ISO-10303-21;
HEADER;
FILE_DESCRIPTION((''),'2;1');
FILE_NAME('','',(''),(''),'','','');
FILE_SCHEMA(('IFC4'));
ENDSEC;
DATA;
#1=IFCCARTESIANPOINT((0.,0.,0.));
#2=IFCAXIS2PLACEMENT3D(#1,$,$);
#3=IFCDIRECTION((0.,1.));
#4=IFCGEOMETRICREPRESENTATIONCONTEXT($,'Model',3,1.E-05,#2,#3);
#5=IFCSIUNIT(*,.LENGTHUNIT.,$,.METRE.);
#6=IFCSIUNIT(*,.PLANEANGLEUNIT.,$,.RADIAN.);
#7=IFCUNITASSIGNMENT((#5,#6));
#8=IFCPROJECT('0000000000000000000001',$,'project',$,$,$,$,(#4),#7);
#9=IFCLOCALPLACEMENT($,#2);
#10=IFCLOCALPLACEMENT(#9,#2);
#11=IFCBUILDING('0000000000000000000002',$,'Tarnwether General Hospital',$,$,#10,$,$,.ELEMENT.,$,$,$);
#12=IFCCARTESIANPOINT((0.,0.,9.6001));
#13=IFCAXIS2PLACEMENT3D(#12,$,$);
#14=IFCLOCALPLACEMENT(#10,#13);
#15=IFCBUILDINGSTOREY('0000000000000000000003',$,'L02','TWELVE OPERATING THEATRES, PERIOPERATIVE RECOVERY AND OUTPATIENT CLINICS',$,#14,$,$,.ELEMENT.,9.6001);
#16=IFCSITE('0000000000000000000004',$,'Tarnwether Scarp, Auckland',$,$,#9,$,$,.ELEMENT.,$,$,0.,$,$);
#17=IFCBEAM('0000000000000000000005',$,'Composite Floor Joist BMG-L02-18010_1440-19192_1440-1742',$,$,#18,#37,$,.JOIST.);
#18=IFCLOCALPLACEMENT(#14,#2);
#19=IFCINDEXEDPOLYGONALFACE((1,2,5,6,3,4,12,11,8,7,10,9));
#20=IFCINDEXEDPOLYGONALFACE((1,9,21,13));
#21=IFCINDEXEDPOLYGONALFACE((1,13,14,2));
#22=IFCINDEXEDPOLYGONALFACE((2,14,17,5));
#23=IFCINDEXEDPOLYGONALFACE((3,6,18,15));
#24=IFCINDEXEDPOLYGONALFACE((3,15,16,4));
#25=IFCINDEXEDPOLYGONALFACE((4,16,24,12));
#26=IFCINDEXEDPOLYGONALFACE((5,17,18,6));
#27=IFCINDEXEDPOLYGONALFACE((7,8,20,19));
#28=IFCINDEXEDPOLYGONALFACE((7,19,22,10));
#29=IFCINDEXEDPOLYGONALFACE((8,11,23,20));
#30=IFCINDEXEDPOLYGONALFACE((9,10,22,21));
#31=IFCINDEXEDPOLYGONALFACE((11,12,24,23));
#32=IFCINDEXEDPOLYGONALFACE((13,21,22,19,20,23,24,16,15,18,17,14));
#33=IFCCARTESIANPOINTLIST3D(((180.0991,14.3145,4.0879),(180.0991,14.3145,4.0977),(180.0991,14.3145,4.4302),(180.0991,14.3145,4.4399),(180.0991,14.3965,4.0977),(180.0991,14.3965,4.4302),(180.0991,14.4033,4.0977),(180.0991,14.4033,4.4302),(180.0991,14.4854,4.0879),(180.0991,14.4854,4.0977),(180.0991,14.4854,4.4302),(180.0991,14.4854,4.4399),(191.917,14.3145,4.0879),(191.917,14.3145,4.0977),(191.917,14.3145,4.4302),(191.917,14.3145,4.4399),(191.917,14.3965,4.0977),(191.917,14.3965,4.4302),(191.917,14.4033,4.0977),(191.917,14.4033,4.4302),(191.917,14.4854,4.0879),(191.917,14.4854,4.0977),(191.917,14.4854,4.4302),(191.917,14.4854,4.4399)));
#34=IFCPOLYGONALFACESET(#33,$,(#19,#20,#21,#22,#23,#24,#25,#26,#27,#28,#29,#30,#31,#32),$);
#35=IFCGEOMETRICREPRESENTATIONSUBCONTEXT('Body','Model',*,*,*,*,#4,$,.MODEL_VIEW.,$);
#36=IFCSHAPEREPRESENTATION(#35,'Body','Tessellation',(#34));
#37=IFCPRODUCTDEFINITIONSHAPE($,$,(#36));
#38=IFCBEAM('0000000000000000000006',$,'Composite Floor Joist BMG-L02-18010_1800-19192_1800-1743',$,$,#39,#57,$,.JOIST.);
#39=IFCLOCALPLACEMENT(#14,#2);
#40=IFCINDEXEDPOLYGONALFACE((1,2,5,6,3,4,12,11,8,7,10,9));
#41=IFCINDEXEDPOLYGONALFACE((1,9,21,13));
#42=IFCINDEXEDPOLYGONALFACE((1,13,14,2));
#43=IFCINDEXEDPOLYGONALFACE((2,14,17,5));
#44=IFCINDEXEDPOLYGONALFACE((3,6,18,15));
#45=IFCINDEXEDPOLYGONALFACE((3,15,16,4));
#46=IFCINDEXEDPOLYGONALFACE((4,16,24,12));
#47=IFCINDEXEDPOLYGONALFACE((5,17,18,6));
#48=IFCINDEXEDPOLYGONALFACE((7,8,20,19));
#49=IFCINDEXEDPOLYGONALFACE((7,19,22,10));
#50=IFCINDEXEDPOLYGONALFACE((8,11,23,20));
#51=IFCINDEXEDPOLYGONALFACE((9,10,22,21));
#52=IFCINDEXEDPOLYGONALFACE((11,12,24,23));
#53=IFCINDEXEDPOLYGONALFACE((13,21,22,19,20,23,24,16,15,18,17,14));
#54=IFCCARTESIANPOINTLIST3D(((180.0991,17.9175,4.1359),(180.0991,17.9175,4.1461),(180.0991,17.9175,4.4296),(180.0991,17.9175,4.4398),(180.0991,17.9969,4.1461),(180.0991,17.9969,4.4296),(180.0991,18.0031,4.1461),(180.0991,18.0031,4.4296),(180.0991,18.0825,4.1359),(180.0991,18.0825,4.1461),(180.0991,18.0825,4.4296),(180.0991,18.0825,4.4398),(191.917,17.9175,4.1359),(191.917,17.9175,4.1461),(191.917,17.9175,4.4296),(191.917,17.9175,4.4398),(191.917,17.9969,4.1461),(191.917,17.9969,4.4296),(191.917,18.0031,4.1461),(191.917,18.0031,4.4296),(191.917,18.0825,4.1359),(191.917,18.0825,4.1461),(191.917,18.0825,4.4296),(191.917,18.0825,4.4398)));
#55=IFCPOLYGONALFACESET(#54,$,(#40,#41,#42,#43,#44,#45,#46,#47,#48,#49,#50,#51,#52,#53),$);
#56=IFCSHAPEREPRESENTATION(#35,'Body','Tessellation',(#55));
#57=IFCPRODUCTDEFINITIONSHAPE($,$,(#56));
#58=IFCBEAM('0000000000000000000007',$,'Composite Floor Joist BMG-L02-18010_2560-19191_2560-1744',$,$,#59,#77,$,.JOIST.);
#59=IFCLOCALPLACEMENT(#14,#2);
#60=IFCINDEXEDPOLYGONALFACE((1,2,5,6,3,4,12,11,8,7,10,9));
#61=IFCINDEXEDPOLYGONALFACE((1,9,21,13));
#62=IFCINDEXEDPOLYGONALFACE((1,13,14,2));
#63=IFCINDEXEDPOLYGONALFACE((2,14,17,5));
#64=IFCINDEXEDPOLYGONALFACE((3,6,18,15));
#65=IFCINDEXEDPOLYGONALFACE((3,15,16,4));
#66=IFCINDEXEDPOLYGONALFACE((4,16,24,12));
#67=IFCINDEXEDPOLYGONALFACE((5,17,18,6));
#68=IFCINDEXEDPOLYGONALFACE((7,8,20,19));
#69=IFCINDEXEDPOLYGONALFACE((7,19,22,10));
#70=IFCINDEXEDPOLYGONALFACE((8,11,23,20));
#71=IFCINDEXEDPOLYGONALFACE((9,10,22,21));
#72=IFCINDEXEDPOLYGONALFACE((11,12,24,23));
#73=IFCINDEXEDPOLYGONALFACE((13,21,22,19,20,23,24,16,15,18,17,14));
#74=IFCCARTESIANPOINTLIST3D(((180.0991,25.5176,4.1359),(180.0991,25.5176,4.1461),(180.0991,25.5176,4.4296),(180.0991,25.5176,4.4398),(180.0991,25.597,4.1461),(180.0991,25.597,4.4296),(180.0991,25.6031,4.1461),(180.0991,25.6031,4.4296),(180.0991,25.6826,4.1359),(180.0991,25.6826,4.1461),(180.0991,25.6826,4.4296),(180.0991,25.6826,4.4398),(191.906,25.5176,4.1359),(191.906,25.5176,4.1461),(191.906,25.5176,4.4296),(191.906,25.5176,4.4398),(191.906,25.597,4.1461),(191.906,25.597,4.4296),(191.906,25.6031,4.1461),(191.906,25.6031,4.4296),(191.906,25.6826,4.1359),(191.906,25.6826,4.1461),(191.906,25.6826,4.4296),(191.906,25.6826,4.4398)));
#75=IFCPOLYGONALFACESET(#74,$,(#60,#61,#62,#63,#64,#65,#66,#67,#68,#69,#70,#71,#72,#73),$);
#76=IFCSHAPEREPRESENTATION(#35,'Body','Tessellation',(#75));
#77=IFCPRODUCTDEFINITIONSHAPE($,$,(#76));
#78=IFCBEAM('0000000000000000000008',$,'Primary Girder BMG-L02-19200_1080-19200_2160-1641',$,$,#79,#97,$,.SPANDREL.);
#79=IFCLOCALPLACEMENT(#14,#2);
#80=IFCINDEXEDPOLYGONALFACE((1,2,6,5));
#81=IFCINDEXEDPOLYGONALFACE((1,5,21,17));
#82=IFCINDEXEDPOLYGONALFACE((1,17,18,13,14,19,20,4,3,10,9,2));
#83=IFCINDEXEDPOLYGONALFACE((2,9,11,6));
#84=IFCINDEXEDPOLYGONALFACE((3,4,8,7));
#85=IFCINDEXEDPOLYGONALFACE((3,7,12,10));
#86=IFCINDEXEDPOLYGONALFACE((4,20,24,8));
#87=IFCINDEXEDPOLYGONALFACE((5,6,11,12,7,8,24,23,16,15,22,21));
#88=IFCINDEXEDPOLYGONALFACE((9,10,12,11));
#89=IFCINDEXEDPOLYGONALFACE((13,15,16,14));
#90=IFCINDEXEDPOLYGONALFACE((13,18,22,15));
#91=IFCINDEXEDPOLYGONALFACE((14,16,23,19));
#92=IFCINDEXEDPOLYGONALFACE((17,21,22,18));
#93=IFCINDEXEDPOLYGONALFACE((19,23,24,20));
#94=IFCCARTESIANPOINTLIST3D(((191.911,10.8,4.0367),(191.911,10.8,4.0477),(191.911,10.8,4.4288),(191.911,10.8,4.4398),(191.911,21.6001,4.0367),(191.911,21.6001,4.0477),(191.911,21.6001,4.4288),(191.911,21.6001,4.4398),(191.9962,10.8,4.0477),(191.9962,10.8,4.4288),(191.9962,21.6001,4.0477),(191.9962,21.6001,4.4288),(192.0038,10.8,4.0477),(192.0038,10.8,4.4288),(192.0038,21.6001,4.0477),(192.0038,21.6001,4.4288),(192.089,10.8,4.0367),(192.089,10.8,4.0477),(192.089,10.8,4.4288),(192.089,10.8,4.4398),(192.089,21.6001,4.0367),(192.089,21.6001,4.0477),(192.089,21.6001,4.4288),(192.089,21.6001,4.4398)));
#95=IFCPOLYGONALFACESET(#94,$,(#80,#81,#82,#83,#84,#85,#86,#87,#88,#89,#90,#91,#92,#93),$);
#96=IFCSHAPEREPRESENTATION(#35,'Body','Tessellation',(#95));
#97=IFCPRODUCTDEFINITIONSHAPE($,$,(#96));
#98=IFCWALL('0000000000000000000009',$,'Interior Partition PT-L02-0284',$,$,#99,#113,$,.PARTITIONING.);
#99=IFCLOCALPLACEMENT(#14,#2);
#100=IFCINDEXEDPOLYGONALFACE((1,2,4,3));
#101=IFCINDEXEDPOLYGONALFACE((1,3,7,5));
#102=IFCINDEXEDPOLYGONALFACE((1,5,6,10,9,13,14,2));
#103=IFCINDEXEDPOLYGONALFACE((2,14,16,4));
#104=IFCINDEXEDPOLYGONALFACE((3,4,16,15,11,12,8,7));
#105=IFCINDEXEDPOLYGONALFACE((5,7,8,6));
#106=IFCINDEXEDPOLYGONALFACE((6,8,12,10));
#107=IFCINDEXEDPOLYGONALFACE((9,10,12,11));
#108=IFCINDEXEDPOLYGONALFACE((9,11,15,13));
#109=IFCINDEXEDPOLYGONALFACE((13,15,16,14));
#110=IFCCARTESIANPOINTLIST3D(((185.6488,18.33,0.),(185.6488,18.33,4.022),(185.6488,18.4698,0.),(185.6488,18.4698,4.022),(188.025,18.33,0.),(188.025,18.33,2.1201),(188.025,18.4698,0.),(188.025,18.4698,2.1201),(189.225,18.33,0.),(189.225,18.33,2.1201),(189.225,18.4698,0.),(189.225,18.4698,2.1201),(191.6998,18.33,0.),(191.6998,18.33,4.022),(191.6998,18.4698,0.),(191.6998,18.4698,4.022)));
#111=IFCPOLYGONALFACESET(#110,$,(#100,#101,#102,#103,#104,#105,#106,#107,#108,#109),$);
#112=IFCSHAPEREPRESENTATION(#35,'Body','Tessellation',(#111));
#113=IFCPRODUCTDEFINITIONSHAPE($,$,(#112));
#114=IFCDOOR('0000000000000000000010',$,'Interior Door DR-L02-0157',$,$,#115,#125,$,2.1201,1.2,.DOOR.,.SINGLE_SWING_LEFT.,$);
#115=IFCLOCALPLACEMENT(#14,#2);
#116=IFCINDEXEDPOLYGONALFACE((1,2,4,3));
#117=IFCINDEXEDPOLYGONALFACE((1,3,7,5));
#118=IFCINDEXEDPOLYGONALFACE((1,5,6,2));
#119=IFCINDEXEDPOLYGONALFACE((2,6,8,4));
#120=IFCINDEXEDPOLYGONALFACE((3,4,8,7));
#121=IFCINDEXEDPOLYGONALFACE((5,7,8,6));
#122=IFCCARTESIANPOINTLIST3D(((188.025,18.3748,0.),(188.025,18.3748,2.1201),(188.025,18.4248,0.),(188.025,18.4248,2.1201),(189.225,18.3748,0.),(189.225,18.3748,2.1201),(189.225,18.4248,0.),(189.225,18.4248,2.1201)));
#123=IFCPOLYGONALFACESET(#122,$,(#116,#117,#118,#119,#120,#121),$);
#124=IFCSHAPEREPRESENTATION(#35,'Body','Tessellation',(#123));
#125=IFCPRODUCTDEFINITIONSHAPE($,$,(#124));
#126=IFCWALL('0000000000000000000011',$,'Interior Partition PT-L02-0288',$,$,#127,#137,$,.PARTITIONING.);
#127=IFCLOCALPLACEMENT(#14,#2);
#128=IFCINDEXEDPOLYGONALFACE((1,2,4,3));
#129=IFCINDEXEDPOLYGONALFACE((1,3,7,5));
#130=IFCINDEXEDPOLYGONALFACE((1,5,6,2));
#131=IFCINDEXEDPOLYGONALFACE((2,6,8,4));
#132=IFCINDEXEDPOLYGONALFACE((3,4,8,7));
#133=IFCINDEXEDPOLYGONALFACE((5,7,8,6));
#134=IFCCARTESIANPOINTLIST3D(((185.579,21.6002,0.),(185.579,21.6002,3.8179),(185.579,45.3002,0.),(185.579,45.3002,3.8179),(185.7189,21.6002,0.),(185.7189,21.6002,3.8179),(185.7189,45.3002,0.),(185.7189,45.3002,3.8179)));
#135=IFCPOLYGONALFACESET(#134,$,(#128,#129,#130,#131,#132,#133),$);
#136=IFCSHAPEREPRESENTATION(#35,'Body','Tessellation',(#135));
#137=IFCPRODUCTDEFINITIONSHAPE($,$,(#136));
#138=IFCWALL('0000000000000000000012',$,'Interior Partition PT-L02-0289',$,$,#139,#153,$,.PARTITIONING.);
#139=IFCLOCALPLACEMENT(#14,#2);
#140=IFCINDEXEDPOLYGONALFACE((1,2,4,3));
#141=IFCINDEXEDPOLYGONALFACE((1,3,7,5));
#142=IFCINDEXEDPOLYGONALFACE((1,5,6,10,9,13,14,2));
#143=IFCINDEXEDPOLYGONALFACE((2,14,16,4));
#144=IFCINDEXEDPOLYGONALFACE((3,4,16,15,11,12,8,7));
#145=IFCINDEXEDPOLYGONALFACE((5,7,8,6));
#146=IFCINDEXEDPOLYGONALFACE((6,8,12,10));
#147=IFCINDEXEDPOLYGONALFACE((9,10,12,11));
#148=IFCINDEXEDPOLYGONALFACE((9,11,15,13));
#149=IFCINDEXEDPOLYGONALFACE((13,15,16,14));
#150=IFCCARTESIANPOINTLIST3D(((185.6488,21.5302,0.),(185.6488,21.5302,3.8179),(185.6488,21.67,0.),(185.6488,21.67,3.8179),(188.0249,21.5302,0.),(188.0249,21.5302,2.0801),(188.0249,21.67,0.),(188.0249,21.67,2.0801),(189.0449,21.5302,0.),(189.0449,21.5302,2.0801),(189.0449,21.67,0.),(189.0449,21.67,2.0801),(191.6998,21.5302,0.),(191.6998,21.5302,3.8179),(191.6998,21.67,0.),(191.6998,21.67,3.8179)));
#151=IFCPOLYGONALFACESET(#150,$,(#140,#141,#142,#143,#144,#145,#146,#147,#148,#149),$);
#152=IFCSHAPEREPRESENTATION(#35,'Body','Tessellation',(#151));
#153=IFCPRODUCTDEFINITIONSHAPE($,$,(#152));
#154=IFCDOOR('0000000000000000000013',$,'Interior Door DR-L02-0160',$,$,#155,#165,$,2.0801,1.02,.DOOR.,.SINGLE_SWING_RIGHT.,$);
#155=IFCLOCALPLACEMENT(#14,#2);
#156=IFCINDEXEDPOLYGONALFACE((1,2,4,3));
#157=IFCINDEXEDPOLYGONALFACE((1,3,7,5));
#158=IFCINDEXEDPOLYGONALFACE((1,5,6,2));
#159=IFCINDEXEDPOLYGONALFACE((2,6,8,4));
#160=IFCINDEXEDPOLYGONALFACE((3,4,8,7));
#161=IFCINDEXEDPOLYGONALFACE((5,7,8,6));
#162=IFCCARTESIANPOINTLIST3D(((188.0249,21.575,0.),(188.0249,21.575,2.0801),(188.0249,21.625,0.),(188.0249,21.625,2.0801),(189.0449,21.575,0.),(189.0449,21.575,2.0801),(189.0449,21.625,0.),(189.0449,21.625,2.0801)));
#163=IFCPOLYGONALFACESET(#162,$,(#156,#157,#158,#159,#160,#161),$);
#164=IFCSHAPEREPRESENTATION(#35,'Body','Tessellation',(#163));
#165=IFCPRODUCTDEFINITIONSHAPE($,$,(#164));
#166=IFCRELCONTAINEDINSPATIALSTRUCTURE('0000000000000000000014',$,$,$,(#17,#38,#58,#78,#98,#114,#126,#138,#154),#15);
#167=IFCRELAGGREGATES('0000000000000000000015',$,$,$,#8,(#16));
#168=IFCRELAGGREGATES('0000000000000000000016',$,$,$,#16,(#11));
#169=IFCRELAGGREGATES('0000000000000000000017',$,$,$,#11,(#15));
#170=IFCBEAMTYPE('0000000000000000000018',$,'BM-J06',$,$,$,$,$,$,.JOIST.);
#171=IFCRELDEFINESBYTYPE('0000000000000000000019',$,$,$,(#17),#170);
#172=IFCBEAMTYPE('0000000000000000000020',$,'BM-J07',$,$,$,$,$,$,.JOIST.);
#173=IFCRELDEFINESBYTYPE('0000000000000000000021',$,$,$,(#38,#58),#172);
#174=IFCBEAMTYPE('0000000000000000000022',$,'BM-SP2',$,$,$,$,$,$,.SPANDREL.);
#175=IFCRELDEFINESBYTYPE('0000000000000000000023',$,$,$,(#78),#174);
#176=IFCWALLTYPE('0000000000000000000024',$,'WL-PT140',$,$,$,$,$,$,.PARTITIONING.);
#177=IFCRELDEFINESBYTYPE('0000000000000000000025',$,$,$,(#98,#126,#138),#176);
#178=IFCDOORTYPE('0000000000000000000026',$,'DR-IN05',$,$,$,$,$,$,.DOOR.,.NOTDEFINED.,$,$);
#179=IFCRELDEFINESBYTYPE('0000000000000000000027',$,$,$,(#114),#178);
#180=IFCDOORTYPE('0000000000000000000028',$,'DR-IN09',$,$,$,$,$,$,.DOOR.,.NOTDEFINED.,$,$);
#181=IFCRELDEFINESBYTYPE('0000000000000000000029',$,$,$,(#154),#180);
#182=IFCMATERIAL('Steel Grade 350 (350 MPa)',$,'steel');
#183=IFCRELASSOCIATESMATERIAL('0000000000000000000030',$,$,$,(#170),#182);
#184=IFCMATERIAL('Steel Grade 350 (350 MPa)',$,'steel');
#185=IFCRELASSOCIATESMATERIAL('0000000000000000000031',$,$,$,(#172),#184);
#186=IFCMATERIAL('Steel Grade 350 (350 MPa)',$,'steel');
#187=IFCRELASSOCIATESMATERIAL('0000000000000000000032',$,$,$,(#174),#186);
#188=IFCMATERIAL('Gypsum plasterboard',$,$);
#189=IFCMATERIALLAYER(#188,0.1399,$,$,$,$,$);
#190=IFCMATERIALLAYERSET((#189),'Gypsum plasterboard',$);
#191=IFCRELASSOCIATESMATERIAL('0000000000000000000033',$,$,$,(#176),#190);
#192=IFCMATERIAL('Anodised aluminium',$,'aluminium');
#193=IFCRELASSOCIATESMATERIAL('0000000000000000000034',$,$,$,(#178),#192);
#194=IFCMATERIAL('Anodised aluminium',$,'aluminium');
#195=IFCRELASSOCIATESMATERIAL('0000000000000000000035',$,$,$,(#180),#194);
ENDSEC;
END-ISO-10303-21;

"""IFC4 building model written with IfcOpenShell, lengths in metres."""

from ifc_helpers import new_model, si_unit, direction, frame, frame_2d, origin, origin_2d, place, context, subcontext, project, spatial, rectangle, i_section, extrude, material, layer, layer_set, material_profile, profile_set, type_object, element, fill, save


model = new_model("IFC4")

# Units and contexts
model_context = context("Model", 3, precision=1e-05, world=origin(), true_north=direction((0.0, 1.0)))
body_context = subcontext(model_context, "Body", "Model", "MODEL_VIEW")
ifc_project = project(units=[si_unit("LENGTHUNIT", "METRE"), si_unit("PLANEANGLEUNIT", "RADIAN")], contexts=[model_context])

# Site, building, storey
site_placement = place(None, origin())
site = spatial("IfcSite", under=ifc_project, at=site_placement, Name="Tarnwether Scarp, Auckland", CompositionType="ELEMENT", RefElevation=0.0)
building_placement = place(site_placement, origin())
building = spatial("IfcBuilding", under=site, at=building_placement, Name="Tarnwether General Hospital", CompositionType="ELEMENT")
storey_placement = place(building_placement, frame((0.0, 0.0, 9.6001)))
storey = spatial("IfcBuildingStorey", under=building, at=storey_placement, Name="L02", Description="TWELVE OPERATING THEATRES, PERIOPERATIVE RECOVERY AND OUTPATIENT CLINICS", CompositionType="ELEMENT", Elevation=9.6001)

# Beams
ifc_material_1 = material(Name="Steel Grade 350 (350 MPa)", Category="steel")
ifc_material_profile_1 = material_profile(ifc_material_1, i_section(OverallWidth=0.1709, OverallDepth=0.3521, WebThickness=0.0068, FlangeThickness=0.0098, at=origin_2d()), Name="360UB44.7")
ifc_profile_set_1 = profile_set([ifc_material_profile_1], Name="Steel Grade 350 (350 MPa)")
beam_type_1 = type_object("IfcBeamType", Name="BM-J06", PredefinedType="JOIST", material=ifc_profile_set_1)
beam_1_placement = place(storey_placement, frame((180.0991, 14.3999, 4.2639), z_axis=(1.0, 0.0, 0.0), x_axis=(0.0, 1.0, 0.0)))
element("IfcBeam", 1, at=beam_1_placement, inside=storey, type_object=beam_type_1, Name="Composite Floor Joist BMG-L02-18010_1440-19192_1440-1742", PredefinedType="JOIST", context=body_context, shape_type="SweptSolid", body=[
    extrude(i_section(OverallWidth=0.1709, OverallDepth=0.3521, WebThickness=0.0068, FlangeThickness=0.0098, at=origin_2d()), origin(), (0.0, 0.0, 1.0), 11.8179),
])
ifc_material_2 = material(Name="Steel Grade 350 (350 MPa)", Category="steel")
ifc_material_profile_2 = material_profile(ifc_material_2, i_section(OverallWidth=0.165, OverallDepth=0.304, WebThickness=0.0061, FlangeThickness=0.0103, at=origin_2d()), Name="310UB40.4")
ifc_profile_set_2 = profile_set([ifc_material_profile_2], Name="Steel Grade 350 (350 MPa)")
beam_type_2 = type_object("IfcBeamType", Name="BM-J07", PredefinedType="JOIST", material=ifc_profile_set_2)
beam_2_placement = place(storey_placement, frame((180.0991, 18.0, 4.2878), z_axis=(1.0, 0.0, 0.0), x_axis=(0.0, 1.0, 0.0)))
element("IfcBeam", 2, at=beam_2_placement, inside=storey, type_object=beam_type_2, Name="Composite Floor Joist BMG-L02-18010_1800-19192_1800-1743", PredefinedType="JOIST", context=body_context, shape_type="SweptSolid", body=[
    extrude(i_section(OverallWidth=0.165, OverallDepth=0.304, WebThickness=0.0061, FlangeThickness=0.0103, at=origin_2d()), origin(), (0.0, 0.0, 1.0), 11.8179),
])
beam_3_placement = place(storey_placement, frame((180.0991, 25.6001, 4.2878), z_axis=(1.0, 0.0, 0.0), x_axis=(0.0, 1.0, 0.0)))
element("IfcBeam", 3, at=beam_3_placement, inside=storey, type_object=beam_type_2, Name="Composite Floor Joist BMG-L02-18010_2560-19191_2560-1744", PredefinedType="JOIST", context=body_context, shape_type="SweptSolid", body=[
    extrude(i_section(OverallWidth=0.165, OverallDepth=0.304, WebThickness=0.0061, FlangeThickness=0.0103, at=origin_2d()), origin(), (0.0, 0.0, 1.0), 11.8069),
])
ifc_material_3 = material(Name="Steel Grade 350 (350 MPa)", Category="steel")
ifc_material_profile_3 = material_profile(ifc_material_3, i_section(OverallWidth=0.178, OverallDepth=0.4031, WebThickness=0.0076, FlangeThickness=0.011, at=origin_2d()), Name="410UB53.7")
ifc_profile_set_3 = profile_set([ifc_material_profile_3], Name="Steel Grade 350 (350 MPa)")
beam_type_3 = type_object("IfcBeamType", Name="BM-SP2", PredefinedType="SPANDREL", material=ifc_profile_set_3)
beam_4_placement = place(storey_placement, frame((192.0, 10.8, 4.2383), z_axis=(0.0, 1.0, 0.0), x_axis=(-1.0, 0.0, 0.0)))
element("IfcBeam", 4, at=beam_4_placement, inside=storey, type_object=beam_type_3, Name="Primary Girder BMG-L02-19200_1080-19200_2160-1641", PredefinedType="SPANDREL", context=body_context, shape_type="SweptSolid", body=[
    extrude(i_section(OverallWidth=0.178, OverallDepth=0.4031, WebThickness=0.0076, FlangeThickness=0.011, at=origin_2d()), origin(), (0.0, 0.0, 1.0), 10.8),
])

# Wall, opening, door
ifc_material_4 = material(Name="Gypsum plasterboard")
ifc_layer_1 = layer(ifc_material_4, 0.1399)
ifc_layer_set_1 = layer_set([ifc_layer_1], Name="Gypsum plasterboard")
wall_type_1 = type_object("IfcWallType", Name="WL-PT140", PredefinedType="PARTITIONING", material=ifc_layer_set_1)
wall_1_placement = place(storey_placement, frame((185.6489, 18.3999, 0.0), z_axis=(0.0, 0.0, 1.0), x_axis=(1.0, 0.0, 0.0)))
wall_1 = element("IfcWall", 5, at=wall_1_placement, inside=storey, type_object=wall_type_1, Name="Interior Partition PT-L02-0284", PredefinedType="PARTITIONING", context=body_context, shape_type="SweptSolid", body=[
    extrude(rectangle(XDim=6.051, YDim=0.1399, at=frame_2d((3.0254, 0.0))), origin(), (0.0, 0.0, 1.0), 4.022),
])
opening_1_placement = place(wall_1_placement, frame((2.376, 0.0, 0.0)))
opening_1 = element("IfcOpeningElement", 6, at=opening_1_placement, cuts=wall_1, PredefinedType="OPENING", context=body_context, shape_type="SweptSolid", body=[
    extrude(rectangle(XDim=1.2, YDim=2.1201, at=frame_2d((0.6001, 1.0601))), frame((0.0, 0.0801, 0.0), z_axis=(0.0, -1.0, 0.0), x_axis=(1.0, 0.0, 0.0)), (0.0, 0.0, 1.0), 0.1599),
])
ifc_material_5 = material(Name="Anodised aluminium", Category="aluminium")
door_type_1 = type_object("IfcDoorType", Name="DR-IN05", OperationType="NOTDEFINED", PredefinedType="DOOR", material=ifc_material_5)
door_1_placement = place(opening_1_placement, origin())
door_1 = element("IfcDoor", 7, at=door_1_placement, inside=storey, type_object=door_type_1, Name="Interior Door DR-L02-0157", OperationType="SINGLE_SWING_LEFT", OverallHeight=2.1201, OverallWidth=1.2, PredefinedType="DOOR", context=body_context, shape_type="SweptSolid", body=[
    extrude(rectangle(XDim=1.2, YDim=2.1201, at=frame_2d((0.6001, 1.0601))), frame((0.0, 0.0249, 0.0), z_axis=(0.0, -1.0, 0.0), x_axis=(1.0, 0.0, 0.0)), (0.0, 0.0, 1.0), 0.05),
])
fill(opening_1, door_1)

# Wall
wall_2_placement = place(storey_placement, frame((185.6489, 21.6001, 0.0), z_axis=(0.0, 0.0, 1.0), x_axis=(0.0, 1.0, 0.0)))
element("IfcWall", 8, at=wall_2_placement, inside=storey, type_object=wall_type_1, Name="Interior Partition PT-L02-0288", PredefinedType="PARTITIONING", context=body_context, shape_type="SweptSolid", body=[
    extrude(rectangle(XDim=23.7, YDim=0.1399, at=frame_2d((11.8501, 0.0))), origin(), (0.0, 0.0, 1.0), 3.8179),
])

# Wall, opening, door
wall_3_placement = place(storey_placement, frame((185.6489, 21.6001, 0.0), z_axis=(0.0, 0.0, 1.0), x_axis=(1.0, 0.0, 0.0)))
wall_3 = element("IfcWall", 9, at=wall_3_placement, inside=storey, type_object=wall_type_1, Name="Interior Partition PT-L02-0289", PredefinedType="PARTITIONING", context=body_context, shape_type="SweptSolid", body=[
    extrude(rectangle(XDim=6.051, YDim=0.1399, at=frame_2d((3.0254, 0.0))), origin(), (0.0, 0.0, 1.0), 3.8179),
])
opening_2_placement = place(wall_3_placement, frame((2.376, 0.0, 0.0)))
opening_2 = element("IfcOpeningElement", 10, at=opening_2_placement, cuts=wall_3, PredefinedType="OPENING", context=body_context, shape_type="SweptSolid", body=[
    extrude(rectangle(XDim=1.02, YDim=2.0801, at=frame_2d((0.51, 1.04))), frame((0.0, 0.0801, 0.0), z_axis=(0.0, -1.0, 0.0), x_axis=(1.0, 0.0, 0.0)), (0.0, 0.0, 1.0), 0.1599),
])
ifc_material_6 = material(Name="Anodised aluminium", Category="aluminium")
door_type_2 = type_object("IfcDoorType", Name="DR-IN09", OperationType="NOTDEFINED", PredefinedType="DOOR", material=ifc_material_6)
door_2_placement = place(opening_2_placement, origin())
door_2 = element("IfcDoor", 11, at=door_2_placement, inside=storey, type_object=door_type_2, Name="Interior Door DR-L02-0160", OperationType="SINGLE_SWING_RIGHT", OverallHeight=2.0801, OverallWidth=1.02, PredefinedType="DOOR", context=body_context, shape_type="SweptSolid", body=[
    extrude(rectangle(XDim=1.02, YDim=2.0801, at=frame_2d((0.51, 1.04))), frame((0.0, 0.0249, 0.0), z_axis=(0.0, -1.0, 0.0), x_axis=(1.0, 0.0, 0.0)), (0.0, 0.0, 1.0), 0.05),
])
fill(opening_2, door_2)

save(model, "model.ifc")
